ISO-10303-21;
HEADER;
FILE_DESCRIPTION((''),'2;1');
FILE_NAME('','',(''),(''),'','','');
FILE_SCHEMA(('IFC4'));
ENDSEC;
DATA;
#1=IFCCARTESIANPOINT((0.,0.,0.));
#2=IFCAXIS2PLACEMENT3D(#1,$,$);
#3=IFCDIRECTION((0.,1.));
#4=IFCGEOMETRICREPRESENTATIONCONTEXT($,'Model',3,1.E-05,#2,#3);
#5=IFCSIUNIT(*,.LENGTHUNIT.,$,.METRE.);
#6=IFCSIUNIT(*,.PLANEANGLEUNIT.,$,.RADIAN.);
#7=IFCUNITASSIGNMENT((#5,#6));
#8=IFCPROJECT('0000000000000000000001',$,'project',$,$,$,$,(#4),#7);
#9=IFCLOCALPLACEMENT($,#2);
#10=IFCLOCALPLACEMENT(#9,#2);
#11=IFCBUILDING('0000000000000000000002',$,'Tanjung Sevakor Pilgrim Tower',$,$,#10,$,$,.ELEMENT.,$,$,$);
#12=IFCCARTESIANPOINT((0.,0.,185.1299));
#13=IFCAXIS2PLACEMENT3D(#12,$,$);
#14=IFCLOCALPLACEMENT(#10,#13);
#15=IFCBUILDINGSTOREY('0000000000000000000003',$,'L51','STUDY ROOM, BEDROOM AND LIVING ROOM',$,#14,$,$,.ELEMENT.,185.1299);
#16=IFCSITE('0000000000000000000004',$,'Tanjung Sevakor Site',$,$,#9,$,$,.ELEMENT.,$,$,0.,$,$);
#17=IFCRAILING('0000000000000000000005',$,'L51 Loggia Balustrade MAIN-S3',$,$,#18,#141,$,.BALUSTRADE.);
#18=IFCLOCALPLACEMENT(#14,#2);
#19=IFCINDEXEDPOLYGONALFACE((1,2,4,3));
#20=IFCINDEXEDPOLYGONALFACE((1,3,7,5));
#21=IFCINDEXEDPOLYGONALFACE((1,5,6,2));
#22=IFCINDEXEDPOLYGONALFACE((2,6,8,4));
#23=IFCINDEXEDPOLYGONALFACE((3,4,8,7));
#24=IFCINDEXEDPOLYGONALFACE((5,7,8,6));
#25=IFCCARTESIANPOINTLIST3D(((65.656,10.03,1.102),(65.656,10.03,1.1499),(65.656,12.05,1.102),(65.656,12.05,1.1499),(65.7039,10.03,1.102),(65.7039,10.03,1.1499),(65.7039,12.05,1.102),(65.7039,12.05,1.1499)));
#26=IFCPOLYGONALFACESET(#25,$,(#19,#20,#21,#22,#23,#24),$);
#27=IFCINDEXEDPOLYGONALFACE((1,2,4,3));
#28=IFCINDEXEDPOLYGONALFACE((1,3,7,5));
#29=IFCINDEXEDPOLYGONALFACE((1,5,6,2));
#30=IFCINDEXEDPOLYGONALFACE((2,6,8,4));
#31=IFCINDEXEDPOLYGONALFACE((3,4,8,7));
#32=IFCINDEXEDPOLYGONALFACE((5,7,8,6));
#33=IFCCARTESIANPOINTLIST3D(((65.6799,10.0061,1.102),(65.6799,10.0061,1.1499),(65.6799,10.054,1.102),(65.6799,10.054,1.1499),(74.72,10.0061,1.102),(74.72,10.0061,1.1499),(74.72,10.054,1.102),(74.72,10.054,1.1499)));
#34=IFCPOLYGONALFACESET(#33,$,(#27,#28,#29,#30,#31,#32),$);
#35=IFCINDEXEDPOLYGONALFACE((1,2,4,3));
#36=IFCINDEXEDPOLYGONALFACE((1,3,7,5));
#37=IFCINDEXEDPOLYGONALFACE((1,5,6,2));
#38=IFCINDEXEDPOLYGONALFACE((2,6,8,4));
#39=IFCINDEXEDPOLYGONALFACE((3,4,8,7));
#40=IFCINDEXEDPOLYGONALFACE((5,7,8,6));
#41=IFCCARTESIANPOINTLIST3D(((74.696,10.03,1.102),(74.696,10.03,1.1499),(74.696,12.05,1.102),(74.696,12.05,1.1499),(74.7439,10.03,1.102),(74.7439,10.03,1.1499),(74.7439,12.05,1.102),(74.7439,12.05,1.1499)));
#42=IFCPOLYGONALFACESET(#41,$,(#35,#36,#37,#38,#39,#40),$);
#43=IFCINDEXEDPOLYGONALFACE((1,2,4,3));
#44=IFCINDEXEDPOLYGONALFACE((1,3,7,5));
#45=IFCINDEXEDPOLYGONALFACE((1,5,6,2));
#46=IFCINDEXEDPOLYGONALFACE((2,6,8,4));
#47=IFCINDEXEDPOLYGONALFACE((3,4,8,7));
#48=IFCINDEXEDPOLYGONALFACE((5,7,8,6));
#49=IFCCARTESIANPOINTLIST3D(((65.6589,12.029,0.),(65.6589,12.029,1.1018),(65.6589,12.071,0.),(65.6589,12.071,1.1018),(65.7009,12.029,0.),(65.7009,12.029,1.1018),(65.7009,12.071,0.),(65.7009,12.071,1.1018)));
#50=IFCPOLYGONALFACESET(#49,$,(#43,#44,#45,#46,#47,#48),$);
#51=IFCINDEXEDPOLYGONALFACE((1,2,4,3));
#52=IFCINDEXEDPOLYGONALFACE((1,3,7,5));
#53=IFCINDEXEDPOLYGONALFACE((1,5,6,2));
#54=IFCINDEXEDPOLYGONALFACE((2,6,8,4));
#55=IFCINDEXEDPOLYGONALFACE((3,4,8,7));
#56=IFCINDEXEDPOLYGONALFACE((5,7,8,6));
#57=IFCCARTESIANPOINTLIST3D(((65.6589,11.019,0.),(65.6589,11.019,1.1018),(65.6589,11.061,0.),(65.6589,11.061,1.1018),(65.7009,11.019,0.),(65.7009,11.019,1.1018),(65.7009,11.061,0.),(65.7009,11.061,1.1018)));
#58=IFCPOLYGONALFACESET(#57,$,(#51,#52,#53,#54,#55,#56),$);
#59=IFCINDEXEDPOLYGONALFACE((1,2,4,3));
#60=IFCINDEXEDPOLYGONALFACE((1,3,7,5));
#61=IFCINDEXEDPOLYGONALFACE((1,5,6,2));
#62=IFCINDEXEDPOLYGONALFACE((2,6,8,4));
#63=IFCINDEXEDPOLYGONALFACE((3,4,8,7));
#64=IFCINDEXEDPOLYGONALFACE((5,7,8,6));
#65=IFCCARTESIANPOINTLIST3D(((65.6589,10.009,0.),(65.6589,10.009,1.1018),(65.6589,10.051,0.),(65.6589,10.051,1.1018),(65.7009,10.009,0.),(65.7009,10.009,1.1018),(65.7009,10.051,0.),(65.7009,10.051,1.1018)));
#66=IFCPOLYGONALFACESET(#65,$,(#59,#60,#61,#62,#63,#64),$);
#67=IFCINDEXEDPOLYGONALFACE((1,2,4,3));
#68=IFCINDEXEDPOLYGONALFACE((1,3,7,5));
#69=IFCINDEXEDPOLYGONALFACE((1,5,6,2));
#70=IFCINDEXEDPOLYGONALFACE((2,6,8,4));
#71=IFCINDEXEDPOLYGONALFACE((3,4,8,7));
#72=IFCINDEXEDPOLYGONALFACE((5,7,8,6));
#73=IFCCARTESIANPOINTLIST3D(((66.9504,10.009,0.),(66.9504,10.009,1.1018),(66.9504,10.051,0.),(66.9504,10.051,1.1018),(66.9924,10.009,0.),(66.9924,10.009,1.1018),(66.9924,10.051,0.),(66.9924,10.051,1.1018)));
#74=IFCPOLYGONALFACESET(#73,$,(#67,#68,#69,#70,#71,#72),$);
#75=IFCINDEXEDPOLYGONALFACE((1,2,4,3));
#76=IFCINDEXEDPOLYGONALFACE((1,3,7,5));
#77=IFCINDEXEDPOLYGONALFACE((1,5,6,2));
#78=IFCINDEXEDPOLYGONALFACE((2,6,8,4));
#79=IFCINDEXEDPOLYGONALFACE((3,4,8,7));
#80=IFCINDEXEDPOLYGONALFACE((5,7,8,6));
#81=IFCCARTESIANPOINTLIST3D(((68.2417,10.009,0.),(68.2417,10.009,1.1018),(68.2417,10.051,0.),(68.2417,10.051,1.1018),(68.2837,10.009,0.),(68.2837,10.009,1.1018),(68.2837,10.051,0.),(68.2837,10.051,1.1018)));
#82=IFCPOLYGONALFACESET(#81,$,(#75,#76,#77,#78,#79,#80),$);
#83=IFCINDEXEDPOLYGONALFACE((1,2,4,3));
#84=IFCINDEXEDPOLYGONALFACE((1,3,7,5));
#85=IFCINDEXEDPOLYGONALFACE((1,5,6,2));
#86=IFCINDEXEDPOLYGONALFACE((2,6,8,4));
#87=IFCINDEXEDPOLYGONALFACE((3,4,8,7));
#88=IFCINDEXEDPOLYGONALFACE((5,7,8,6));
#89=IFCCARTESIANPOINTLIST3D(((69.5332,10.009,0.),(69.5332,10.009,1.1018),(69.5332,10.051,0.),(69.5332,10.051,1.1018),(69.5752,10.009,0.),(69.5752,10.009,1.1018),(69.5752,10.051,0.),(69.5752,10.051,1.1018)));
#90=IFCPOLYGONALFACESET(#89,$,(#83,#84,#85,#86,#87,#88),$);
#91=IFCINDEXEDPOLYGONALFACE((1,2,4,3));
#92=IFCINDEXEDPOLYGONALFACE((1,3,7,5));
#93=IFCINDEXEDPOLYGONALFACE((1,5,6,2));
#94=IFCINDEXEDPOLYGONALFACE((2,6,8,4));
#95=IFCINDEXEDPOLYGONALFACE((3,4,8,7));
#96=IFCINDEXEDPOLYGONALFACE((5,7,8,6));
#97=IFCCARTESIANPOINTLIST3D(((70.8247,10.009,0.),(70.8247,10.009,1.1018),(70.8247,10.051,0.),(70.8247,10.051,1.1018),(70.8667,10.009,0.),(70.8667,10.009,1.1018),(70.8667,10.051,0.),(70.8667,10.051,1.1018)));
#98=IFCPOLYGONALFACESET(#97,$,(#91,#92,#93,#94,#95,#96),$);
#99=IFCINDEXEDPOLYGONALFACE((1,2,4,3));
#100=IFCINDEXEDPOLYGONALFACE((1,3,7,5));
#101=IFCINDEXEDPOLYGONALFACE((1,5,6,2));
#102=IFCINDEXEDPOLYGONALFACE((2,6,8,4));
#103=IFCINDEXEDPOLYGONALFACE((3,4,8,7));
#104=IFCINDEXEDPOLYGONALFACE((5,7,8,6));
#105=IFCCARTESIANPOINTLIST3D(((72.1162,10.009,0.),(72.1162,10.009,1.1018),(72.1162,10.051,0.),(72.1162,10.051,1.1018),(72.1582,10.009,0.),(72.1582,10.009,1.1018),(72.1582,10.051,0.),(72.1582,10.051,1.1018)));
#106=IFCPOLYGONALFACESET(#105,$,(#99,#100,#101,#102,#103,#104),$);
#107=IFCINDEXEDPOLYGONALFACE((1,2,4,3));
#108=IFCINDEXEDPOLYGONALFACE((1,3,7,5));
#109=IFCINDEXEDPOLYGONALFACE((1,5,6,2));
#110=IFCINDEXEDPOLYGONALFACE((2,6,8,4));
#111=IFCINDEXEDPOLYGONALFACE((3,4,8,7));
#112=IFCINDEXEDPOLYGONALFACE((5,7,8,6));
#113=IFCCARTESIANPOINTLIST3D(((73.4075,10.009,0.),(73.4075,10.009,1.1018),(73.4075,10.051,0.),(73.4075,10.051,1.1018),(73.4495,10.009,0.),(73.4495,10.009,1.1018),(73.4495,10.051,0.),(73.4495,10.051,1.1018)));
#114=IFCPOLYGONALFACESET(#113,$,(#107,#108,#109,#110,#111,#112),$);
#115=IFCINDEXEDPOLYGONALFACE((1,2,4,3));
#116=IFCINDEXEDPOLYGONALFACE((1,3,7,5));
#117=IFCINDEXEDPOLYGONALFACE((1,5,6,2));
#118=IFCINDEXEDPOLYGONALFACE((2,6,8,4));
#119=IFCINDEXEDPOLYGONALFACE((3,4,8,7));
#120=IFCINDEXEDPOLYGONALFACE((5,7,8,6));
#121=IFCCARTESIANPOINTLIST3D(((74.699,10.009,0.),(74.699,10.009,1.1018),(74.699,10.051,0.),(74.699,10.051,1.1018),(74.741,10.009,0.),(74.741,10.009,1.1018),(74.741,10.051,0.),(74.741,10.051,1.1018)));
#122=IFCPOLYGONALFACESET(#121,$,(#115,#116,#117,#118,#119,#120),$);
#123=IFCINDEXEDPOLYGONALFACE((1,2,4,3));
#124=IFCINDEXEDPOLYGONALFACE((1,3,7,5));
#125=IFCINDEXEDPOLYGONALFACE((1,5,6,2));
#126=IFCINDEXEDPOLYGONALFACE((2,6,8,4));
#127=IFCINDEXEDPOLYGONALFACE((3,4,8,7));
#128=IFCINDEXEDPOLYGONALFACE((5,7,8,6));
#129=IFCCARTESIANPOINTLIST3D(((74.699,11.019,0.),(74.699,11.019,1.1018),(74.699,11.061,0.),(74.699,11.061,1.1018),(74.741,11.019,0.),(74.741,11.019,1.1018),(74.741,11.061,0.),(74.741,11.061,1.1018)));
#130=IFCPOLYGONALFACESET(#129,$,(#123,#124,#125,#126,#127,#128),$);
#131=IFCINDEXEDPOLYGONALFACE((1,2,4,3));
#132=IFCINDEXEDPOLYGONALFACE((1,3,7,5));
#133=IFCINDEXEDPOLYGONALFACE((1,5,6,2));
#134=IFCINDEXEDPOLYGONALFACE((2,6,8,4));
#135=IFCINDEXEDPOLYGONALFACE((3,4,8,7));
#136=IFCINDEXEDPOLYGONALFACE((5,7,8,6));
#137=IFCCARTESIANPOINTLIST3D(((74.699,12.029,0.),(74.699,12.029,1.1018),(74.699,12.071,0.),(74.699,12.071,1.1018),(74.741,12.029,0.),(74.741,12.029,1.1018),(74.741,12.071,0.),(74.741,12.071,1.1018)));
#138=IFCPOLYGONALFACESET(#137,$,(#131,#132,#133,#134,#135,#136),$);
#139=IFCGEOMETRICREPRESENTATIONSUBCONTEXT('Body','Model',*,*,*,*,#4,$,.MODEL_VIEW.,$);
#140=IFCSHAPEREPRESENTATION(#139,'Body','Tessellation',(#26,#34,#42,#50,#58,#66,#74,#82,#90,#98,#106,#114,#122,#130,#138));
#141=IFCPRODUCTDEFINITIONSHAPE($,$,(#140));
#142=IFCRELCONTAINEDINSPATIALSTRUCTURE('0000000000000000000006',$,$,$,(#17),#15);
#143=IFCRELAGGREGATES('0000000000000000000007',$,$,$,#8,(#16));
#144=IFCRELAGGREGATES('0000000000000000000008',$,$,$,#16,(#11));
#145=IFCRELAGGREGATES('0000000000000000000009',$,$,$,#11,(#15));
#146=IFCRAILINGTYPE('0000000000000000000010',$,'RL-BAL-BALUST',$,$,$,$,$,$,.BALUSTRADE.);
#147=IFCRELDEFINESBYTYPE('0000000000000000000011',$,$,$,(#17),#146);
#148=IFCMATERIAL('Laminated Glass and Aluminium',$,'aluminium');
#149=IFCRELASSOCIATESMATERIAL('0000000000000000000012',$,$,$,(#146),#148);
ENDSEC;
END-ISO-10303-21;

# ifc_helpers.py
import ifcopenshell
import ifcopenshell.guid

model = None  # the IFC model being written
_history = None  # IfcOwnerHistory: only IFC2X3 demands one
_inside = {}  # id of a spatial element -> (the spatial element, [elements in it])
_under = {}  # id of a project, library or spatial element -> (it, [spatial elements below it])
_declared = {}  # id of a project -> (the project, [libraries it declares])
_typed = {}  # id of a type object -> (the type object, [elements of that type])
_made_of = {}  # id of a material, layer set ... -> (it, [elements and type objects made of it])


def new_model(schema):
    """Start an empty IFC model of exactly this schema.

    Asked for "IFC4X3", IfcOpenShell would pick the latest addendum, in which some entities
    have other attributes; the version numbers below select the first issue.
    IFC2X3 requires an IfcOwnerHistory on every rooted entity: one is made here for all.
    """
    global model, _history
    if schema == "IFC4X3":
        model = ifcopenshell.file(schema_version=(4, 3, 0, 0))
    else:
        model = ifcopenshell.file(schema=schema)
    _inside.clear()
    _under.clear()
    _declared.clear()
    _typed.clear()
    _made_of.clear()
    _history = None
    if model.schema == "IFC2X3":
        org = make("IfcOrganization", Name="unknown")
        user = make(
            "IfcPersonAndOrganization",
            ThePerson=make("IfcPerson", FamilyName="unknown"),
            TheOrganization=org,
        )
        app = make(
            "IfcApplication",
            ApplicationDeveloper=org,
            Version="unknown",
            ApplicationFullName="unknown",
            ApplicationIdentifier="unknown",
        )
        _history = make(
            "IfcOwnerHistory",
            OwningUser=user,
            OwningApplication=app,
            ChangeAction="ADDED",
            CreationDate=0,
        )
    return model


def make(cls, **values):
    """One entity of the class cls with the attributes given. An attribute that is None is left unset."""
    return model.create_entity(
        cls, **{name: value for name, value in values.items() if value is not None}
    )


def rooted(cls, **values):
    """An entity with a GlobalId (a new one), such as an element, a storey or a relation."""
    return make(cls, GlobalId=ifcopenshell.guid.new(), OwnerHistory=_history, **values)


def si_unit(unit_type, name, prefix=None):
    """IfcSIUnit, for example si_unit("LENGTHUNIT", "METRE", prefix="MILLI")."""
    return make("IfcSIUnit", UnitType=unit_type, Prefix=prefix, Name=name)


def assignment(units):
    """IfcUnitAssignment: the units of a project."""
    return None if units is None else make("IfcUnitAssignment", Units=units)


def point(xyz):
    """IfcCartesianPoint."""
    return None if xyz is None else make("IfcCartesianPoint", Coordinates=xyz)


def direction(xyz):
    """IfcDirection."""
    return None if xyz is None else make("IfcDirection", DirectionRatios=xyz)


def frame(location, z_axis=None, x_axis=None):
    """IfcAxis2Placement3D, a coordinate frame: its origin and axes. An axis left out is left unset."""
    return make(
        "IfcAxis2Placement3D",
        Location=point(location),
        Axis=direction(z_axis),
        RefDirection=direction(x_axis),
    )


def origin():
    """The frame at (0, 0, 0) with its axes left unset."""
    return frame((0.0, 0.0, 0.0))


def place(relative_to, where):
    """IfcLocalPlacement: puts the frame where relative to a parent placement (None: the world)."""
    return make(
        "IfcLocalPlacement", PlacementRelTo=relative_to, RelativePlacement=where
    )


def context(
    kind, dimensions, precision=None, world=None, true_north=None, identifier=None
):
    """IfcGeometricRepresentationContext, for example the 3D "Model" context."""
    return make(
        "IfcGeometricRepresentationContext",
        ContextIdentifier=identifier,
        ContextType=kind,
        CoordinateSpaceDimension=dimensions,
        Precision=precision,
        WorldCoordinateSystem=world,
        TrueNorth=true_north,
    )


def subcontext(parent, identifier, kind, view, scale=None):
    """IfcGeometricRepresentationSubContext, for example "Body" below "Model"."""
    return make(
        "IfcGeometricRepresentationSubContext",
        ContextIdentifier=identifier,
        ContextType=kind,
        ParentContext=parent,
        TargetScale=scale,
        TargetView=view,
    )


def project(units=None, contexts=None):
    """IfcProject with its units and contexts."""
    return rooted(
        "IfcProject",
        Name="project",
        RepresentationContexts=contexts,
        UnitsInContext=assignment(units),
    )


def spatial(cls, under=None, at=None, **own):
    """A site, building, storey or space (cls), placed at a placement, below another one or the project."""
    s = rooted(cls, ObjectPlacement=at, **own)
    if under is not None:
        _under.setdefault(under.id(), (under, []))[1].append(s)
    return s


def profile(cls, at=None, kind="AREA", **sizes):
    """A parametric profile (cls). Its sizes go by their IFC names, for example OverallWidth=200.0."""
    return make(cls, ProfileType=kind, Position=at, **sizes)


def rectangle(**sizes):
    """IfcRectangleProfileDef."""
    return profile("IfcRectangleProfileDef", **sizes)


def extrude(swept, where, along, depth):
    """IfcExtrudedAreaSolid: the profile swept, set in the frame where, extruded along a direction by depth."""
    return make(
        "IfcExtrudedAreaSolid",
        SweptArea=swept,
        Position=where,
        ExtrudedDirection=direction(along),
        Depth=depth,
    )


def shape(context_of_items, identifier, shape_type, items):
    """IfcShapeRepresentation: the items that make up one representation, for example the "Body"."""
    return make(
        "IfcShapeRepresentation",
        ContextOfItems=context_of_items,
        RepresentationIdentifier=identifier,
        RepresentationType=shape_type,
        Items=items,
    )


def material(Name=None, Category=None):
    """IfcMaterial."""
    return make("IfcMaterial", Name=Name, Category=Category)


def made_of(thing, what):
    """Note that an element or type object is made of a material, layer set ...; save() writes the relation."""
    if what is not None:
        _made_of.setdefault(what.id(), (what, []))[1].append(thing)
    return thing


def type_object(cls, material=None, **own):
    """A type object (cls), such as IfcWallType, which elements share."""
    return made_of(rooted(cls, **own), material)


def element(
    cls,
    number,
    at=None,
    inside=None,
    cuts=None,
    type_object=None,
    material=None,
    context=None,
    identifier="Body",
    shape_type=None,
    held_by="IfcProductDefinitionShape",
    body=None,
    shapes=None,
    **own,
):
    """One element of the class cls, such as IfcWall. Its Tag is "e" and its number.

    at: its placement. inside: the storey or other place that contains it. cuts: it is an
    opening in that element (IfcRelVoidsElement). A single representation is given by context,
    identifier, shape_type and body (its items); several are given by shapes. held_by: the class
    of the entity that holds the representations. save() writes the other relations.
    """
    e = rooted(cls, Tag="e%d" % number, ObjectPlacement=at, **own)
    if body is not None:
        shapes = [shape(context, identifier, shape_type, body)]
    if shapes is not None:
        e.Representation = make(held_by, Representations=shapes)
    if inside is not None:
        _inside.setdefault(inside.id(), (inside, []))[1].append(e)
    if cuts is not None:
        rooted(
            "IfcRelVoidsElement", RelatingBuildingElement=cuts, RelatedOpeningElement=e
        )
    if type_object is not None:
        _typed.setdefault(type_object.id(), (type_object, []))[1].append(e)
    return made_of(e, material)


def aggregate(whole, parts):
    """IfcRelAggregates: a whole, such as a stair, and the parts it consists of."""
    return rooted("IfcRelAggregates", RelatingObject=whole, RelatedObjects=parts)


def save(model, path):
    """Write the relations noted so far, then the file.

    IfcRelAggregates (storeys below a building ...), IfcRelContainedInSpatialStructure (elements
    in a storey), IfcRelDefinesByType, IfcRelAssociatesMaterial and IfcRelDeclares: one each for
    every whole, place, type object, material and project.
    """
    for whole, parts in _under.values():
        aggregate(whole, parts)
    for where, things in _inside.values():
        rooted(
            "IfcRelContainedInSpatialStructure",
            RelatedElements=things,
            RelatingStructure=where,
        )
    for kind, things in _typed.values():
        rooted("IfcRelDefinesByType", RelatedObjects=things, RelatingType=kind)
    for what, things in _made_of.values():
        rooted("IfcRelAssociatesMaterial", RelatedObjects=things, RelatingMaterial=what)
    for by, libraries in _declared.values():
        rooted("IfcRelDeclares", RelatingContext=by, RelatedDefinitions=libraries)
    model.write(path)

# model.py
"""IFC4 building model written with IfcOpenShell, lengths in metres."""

from ifc_helpers import new_model, si_unit, direction, frame, origin, place, context, subcontext, project, spatial, rectangle, extrude, material, type_object, element, save


model = new_model("IFC4")

# Units and contexts
model_context = context("Model", 3, precision=1e-05, world=origin(), true_north=direction((0.0, 1.0)))
body_context = subcontext(model_context, "Body", "Model", "MODEL_VIEW")
ifc_project = project(units=[si_unit("LENGTHUNIT", "METRE"), si_unit("PLANEANGLEUNIT", "RADIAN")], contexts=[model_context])

# Site, building, storey
site_placement = place(None, origin())
site = spatial("IfcSite", under=ifc_project, at=site_placement, Name="Tanjung Sevakor Site", CompositionType="ELEMENT", RefElevation=0.0)
building_placement = place(site_placement, origin())
building = spatial("IfcBuilding", under=site, at=building_placement, Name="Tanjung Sevakor Pilgrim Tower", CompositionType="ELEMENT")
storey_placement = place(building_placement, frame((0.0, 0.0, 185.1299)))
storey = spatial("IfcBuildingStorey", under=building, at=storey_placement, Name="L51", Description="STUDY ROOM, BEDROOM AND LIVING ROOM", CompositionType="ELEMENT", Elevation=185.1299)

# Railing
ifc_material_1 = material(Name="Laminated Glass and Aluminium", Category="aluminium")
railing_type = type_object("IfcRailingType", Name="RL-BAL-BALUST", PredefinedType="BALUSTRADE", material=ifc_material_1)
railing_1_placement = place(storey_placement, frame((65.6799, 12.05, 0.0)))
element("IfcRailing", 1, at=railing_1_placement, inside=storey, type_object=railing_type, Name="L51 Loggia Balustrade MAIN-S3", PredefinedType="BALUSTRADE", context=body_context, shape_type="SweptSolid", body=[
    extrude(rectangle(XDim=0.0479, YDim=0.0479), frame((0.0, 0.0, 1.126), z_axis=(0.0, -1.0, 0.0), x_axis=(1.0, 0.0, 0.0)), (0.0, 0.0, 1.0), 2.02),
    extrude(rectangle(XDim=0.0479, YDim=0.0479), frame((0.0, -2.02, 1.126), z_axis=(1.0, 0.0, 0.0), x_axis=(0.0, 1.0, 0.0)), (0.0, 0.0, 1.0), 9.04),
    extrude(rectangle(XDim=0.0479, YDim=0.0479), frame((9.04, -2.02, 1.126), z_axis=(0.0, 1.0, 0.0), x_axis=(-1.0, 0.0, 0.0)), (0.0, 0.0, 1.0), 2.02),
    extrude(rectangle(XDim=0.042, YDim=0.042), origin(), (0.0, 0.0, 1.0), 1.1018),
    extrude(rectangle(XDim=0.042, YDim=0.042), frame((0.0, -1.01, 0.0)), (0.0, 0.0, 1.0), 1.1018),
    extrude(rectangle(XDim=0.042, YDim=0.042), frame((0.0, -2.02, 0.0)), (0.0, 0.0, 1.0), 1.1018),
    extrude(rectangle(XDim=0.042, YDim=0.042), frame((1.2915, -2.02, 0.0)), (0.0, 0.0, 1.0), 1.1018),
    extrude(rectangle(XDim=0.042, YDim=0.042), frame((2.5828, -2.02, 0.0)), (0.0, 0.0, 1.0), 1.1018),
    extrude(rectangle(XDim=0.042, YDim=0.042), frame((3.8743, -2.02, 0.0)), (0.0, 0.0, 1.0), 1.1018),
    extrude(rectangle(XDim=0.042, YDim=0.042), frame((5.1658, -2.02, 0.0)), (0.0, 0.0, 1.0), 1.1018),
    extrude(rectangle(XDim=0.042, YDim=0.042), frame((6.4573, -2.02, 0.0)), (0.0, 0.0, 1.0), 1.1018),
    extrude(rectangle(XDim=0.042, YDim=0.042), frame((7.7485, -2.02, 0.0)), (0.0, 0.0, 1.0), 1.1018),
    extrude(rectangle(XDim=0.042, YDim=0.042), frame((9.04, -2.02, 0.0)), (0.0, 0.0, 1.0), 1.1018),
    extrude(rectangle(XDim=0.042, YDim=0.042), frame((9.04, -1.01, 0.0)), (0.0, 0.0, 1.0), 1.1018),
    extrude(rectangle(XDim=0.042, YDim=0.042), frame((9.04, 0.0, 0.0)), (0.0, 0.0, 1.0), 1.1018),
])

save(model, "model.ifc")
